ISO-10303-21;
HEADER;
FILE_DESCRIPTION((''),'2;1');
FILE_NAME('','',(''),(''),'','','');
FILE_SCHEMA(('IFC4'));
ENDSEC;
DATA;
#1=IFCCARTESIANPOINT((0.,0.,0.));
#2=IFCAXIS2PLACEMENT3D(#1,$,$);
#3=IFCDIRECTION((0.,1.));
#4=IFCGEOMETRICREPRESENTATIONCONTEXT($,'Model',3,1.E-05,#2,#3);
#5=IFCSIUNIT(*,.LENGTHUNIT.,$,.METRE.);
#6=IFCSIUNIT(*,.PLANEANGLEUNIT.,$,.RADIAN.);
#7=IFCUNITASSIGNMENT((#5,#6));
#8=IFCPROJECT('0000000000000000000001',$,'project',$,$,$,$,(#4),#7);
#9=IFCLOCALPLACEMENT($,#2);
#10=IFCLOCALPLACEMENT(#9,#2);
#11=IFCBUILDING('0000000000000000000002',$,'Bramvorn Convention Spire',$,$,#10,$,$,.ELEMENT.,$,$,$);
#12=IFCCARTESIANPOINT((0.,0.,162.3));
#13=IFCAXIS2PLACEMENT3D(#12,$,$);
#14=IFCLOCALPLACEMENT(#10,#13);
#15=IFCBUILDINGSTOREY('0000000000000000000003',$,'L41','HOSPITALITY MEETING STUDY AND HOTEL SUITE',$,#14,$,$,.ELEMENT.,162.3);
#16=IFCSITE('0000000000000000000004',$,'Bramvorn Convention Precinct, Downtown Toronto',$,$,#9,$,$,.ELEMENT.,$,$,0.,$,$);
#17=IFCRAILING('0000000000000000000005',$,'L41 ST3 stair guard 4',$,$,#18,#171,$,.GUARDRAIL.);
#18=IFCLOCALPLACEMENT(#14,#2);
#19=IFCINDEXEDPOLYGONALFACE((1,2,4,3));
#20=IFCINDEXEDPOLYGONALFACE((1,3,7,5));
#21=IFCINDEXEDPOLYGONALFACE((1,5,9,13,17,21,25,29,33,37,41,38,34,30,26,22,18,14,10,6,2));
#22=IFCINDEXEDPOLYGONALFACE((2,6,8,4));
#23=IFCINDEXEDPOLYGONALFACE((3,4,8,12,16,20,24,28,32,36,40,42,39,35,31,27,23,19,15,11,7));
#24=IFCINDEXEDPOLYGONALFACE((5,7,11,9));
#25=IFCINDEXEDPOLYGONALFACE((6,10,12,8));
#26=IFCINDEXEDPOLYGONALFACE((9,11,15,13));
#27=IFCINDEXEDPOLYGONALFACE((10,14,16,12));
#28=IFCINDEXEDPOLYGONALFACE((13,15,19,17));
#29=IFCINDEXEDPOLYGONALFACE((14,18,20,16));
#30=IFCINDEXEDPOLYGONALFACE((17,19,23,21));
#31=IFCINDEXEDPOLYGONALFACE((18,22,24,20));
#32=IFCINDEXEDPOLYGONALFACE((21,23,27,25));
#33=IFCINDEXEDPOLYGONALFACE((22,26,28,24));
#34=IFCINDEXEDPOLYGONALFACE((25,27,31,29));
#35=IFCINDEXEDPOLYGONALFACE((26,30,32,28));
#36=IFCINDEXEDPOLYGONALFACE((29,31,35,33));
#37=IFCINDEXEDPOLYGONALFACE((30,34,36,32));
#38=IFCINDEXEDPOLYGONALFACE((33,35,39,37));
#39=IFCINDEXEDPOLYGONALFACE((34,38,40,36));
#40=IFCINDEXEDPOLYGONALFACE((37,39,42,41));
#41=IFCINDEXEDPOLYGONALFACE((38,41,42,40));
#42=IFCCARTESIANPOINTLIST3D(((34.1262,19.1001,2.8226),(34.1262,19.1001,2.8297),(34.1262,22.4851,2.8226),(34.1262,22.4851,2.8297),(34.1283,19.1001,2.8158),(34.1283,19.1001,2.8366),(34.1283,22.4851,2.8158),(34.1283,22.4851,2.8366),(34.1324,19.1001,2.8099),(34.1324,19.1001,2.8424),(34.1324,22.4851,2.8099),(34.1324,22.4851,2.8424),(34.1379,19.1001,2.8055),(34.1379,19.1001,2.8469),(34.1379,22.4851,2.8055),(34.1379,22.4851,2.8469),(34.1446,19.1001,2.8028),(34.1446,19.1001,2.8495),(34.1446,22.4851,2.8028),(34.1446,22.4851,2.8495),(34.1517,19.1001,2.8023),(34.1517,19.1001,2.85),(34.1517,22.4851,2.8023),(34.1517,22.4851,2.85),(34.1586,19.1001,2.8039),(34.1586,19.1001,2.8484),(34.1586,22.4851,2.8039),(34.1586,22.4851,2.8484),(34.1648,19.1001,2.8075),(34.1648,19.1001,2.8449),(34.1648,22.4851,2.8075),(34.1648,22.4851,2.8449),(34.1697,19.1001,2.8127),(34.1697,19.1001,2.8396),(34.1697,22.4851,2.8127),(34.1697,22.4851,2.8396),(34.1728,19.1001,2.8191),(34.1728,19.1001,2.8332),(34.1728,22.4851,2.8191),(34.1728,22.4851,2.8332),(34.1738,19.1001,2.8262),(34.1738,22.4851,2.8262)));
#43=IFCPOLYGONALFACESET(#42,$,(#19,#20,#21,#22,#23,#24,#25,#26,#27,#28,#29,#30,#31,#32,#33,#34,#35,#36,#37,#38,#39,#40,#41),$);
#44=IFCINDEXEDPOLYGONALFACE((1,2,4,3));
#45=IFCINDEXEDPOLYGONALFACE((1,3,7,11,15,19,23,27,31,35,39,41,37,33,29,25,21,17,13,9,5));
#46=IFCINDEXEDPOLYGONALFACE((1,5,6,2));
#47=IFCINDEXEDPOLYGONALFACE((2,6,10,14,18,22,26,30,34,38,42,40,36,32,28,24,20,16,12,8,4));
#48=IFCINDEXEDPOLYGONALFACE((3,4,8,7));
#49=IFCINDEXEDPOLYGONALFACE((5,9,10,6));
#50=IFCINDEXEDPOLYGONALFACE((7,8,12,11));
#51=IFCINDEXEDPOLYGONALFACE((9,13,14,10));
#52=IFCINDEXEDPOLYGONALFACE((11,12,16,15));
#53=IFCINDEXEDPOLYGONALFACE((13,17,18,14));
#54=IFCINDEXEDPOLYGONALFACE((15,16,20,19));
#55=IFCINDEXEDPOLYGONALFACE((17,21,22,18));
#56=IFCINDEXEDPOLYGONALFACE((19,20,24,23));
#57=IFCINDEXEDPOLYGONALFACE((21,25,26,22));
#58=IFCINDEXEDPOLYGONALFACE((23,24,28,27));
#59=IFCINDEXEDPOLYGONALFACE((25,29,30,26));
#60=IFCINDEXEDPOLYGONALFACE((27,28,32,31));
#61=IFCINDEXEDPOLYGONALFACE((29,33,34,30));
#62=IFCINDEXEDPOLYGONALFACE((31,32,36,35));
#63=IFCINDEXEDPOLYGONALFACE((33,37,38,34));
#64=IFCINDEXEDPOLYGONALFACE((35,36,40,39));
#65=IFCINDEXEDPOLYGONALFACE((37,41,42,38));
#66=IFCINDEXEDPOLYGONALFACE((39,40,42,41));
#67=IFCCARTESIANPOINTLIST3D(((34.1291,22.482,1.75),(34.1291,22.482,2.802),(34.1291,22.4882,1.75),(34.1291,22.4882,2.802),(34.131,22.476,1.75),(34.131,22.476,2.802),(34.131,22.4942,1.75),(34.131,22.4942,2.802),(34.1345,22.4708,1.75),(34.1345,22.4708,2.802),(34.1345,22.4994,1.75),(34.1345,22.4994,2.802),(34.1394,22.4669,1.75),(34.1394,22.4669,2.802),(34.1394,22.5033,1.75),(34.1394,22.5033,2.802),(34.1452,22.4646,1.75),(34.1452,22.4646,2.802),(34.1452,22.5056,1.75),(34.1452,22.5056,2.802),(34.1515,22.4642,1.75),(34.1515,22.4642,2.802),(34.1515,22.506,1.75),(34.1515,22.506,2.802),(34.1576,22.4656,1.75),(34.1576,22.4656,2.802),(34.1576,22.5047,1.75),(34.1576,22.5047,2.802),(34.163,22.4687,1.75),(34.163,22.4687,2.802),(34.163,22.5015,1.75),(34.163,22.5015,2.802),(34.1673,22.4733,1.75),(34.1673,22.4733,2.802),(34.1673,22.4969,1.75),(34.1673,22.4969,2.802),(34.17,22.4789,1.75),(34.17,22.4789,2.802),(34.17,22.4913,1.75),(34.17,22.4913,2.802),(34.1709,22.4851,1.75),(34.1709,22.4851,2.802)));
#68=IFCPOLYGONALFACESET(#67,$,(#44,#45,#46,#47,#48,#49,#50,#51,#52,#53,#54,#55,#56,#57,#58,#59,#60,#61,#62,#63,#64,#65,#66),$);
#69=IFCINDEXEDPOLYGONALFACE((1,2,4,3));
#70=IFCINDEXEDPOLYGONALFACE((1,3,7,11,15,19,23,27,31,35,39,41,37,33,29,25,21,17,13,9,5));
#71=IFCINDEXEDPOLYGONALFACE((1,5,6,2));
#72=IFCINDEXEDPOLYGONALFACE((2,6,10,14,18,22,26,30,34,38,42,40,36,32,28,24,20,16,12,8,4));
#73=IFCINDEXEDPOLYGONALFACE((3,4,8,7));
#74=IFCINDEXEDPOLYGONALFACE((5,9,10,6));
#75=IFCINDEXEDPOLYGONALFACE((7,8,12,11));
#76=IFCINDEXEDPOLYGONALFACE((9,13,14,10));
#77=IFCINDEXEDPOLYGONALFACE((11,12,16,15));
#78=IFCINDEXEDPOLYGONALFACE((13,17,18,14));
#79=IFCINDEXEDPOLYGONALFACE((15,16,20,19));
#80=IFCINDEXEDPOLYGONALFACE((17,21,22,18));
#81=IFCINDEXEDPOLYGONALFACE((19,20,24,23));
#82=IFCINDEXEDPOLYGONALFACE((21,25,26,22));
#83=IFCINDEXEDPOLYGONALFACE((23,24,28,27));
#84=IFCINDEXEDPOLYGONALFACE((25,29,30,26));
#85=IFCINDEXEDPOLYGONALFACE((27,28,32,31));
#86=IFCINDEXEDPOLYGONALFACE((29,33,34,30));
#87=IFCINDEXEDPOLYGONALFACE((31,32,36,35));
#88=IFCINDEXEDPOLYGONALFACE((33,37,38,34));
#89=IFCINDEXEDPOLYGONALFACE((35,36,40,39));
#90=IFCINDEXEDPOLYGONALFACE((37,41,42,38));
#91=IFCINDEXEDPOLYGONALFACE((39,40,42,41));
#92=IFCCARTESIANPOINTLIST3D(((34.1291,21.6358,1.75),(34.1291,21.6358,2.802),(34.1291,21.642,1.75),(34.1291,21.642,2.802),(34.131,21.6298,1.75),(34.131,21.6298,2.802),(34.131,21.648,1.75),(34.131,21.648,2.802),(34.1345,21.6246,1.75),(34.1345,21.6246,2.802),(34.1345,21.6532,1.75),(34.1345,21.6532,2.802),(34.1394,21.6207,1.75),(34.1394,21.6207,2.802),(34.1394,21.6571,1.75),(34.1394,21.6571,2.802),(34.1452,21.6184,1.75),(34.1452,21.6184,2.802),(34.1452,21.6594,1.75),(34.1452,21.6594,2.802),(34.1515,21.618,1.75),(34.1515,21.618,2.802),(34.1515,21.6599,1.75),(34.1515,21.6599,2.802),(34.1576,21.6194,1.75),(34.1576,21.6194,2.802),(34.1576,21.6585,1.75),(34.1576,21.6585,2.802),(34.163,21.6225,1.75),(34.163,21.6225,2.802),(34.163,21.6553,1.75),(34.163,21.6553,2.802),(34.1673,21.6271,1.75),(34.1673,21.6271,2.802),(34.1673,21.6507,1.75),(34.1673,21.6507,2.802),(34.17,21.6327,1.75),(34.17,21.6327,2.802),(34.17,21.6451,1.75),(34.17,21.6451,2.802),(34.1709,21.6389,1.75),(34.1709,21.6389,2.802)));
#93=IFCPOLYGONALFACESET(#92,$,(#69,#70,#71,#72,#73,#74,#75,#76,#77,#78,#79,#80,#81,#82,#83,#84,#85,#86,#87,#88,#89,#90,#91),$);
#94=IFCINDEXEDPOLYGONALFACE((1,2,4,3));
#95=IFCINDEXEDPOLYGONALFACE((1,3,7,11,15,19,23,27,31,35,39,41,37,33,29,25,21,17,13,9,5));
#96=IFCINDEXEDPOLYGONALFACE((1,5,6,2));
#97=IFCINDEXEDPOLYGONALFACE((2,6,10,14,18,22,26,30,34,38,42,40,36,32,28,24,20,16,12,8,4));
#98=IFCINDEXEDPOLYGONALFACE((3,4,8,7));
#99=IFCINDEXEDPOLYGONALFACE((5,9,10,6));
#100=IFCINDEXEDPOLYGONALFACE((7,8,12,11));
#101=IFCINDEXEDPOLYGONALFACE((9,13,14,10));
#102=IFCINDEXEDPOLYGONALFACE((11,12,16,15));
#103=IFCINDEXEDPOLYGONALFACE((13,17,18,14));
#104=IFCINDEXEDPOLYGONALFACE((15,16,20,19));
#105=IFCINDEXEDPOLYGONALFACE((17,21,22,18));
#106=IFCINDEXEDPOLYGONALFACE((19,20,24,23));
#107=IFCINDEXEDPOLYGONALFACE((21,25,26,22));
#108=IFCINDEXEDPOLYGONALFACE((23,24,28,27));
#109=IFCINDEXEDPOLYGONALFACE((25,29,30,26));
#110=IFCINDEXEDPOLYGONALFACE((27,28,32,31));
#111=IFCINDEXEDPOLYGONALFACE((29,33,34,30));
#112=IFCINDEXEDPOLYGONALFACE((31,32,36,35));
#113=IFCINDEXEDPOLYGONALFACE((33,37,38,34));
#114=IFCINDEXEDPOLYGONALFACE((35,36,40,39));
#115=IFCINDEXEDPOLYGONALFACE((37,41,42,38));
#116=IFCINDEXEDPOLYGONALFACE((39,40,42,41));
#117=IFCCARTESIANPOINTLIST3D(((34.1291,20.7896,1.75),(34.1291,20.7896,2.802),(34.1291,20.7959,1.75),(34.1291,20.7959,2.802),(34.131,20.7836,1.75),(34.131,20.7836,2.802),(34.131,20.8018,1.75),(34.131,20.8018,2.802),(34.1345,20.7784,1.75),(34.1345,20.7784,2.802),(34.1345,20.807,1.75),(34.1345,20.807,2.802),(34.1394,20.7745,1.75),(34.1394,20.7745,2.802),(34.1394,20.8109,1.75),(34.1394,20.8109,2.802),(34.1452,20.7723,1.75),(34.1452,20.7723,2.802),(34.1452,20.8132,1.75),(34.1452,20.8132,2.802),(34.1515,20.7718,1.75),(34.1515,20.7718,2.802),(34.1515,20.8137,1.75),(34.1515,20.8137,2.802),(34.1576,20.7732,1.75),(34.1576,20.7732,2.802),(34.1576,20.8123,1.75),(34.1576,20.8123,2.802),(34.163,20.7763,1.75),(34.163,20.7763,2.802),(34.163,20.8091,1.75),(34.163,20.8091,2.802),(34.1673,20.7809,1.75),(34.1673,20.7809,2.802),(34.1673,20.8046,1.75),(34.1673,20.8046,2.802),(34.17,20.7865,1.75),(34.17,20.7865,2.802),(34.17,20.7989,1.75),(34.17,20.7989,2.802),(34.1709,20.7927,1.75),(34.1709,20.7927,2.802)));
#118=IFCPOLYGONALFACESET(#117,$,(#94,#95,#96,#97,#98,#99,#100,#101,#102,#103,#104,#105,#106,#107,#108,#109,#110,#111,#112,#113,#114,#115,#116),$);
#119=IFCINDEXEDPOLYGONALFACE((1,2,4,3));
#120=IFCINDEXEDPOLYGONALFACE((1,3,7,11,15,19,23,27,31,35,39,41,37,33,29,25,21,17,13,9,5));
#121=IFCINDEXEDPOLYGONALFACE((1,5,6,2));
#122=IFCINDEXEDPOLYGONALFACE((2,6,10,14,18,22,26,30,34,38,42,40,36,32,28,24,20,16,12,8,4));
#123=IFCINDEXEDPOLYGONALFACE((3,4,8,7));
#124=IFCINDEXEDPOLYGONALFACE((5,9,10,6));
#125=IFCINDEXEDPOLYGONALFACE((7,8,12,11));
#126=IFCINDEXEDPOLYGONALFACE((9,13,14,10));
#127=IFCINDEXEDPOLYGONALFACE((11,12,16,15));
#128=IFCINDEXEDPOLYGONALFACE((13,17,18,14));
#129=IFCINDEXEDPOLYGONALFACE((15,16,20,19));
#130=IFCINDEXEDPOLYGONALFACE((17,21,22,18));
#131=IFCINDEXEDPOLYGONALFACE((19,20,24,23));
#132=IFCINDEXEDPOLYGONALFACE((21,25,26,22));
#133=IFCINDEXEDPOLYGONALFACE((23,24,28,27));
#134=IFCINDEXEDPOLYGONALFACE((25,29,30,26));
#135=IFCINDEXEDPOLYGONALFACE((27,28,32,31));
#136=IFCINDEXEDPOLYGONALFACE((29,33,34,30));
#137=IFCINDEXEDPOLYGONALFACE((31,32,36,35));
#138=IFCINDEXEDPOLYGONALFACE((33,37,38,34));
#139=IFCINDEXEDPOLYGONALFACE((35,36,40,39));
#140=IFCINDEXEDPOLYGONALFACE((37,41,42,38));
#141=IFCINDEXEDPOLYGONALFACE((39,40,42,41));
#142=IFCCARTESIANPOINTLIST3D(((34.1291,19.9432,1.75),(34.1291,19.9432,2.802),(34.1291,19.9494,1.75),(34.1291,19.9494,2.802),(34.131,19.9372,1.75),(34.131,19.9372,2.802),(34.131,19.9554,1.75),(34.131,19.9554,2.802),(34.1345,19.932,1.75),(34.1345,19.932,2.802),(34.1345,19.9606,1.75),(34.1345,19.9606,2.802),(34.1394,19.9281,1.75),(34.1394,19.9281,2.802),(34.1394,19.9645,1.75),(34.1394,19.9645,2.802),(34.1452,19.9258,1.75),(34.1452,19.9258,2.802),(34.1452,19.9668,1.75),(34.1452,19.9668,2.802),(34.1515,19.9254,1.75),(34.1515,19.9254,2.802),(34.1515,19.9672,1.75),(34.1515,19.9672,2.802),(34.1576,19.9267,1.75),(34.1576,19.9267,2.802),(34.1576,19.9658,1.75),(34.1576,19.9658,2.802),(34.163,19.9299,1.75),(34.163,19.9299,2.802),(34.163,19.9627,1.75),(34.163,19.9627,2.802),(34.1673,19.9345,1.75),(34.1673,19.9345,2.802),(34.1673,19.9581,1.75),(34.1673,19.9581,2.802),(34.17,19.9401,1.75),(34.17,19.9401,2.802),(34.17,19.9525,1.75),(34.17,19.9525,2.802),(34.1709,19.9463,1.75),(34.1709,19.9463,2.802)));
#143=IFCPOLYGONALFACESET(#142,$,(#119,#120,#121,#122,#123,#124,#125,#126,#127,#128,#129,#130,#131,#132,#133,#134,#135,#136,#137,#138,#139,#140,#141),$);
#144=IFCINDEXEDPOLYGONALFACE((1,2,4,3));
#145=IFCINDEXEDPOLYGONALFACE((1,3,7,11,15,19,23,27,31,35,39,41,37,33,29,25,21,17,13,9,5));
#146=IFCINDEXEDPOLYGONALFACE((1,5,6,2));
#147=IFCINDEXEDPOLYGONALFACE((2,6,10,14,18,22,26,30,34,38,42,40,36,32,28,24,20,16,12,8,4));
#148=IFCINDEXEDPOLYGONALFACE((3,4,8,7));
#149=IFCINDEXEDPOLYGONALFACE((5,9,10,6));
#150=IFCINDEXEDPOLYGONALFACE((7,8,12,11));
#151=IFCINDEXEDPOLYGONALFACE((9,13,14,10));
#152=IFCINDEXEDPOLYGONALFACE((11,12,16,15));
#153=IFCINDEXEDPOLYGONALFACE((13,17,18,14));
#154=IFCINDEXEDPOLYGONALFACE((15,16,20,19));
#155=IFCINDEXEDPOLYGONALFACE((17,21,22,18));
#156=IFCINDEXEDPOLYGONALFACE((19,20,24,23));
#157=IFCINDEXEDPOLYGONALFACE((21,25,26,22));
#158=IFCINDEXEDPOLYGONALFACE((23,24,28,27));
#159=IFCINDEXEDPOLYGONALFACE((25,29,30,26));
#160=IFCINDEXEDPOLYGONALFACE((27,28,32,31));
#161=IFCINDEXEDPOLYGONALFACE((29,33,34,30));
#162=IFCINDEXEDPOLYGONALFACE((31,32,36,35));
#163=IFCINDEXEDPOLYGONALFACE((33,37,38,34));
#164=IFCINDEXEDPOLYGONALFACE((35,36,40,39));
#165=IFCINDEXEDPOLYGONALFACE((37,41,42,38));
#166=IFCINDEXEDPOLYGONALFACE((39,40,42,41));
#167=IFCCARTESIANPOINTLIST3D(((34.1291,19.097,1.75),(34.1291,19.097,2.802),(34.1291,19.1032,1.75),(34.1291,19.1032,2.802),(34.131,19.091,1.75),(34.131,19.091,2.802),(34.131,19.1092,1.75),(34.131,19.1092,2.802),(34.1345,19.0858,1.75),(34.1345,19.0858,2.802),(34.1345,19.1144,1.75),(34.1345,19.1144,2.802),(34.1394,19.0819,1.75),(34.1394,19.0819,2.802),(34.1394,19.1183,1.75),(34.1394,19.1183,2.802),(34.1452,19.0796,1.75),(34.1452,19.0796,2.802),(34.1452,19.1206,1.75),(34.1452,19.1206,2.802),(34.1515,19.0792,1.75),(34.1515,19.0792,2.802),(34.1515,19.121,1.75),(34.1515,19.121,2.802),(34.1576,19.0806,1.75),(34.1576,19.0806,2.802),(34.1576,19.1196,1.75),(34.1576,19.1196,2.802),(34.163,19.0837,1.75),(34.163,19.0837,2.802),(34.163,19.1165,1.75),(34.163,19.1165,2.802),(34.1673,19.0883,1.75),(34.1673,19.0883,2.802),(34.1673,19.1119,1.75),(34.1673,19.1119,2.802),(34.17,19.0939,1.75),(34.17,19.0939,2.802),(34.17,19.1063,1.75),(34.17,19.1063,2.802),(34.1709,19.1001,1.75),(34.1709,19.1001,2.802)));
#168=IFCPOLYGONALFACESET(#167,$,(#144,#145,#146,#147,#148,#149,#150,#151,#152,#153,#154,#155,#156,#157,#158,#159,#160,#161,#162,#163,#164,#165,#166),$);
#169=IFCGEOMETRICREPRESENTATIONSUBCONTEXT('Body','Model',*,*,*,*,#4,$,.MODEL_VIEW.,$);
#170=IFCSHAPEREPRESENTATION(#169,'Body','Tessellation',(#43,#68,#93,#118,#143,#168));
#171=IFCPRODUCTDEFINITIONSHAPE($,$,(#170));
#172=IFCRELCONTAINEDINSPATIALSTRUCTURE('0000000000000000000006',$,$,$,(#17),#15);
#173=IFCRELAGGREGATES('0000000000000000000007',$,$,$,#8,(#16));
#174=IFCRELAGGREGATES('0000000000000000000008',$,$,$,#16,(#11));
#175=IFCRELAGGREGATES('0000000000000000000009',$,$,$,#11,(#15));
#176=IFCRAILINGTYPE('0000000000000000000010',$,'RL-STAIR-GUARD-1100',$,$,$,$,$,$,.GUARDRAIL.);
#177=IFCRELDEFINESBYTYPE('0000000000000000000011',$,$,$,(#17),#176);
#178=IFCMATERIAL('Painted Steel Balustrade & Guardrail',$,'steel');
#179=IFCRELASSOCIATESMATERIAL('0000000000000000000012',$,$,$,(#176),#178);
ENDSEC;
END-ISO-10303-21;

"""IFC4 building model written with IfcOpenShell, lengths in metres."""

from ifc_helpers import new_model, si_unit, direction, frame, origin, origin_2d, place, context, subcontext, project, spatial, circle, extrude, material, type_object, element, save


model = new_model("IFC4")

# Units and contexts
model_context = context("Model", 3, precision=1e-05, world=origin(), true_north=direction((0.0, 1.0)))
body_context = subcontext(model_context, "Body", "Model", "MODEL_VIEW")
ifc_project = project(units=[si_unit("LENGTHUNIT", "METRE"), si_unit("PLANEANGLEUNIT", "RADIAN")], contexts=[model_context])

# Site, building, storey
site_placement = place(None, origin())
site = spatial("IfcSite", under=ifc_project, at=site_placement, Name="Bramvorn Convention Precinct, Downtown Toronto", CompositionType="ELEMENT", RefElevation=0.0)
building_placement = place(site_placement, origin())
building = spatial("IfcBuilding", under=site, at=building_placement, Name="Bramvorn Convention Spire", CompositionType="ELEMENT")
storey_placement = place(building_placement, frame((0.0, 0.0, 162.3)))
storey = spatial("IfcBuildingStorey", under=building, at=storey_placement, Name="L41", Description="HOSPITALITY MEETING STUDY AND HOTEL SUITE", CompositionType="ELEMENT", Elevation=162.3)

# Railing
ifc_material_1 = material(Name="Painted Steel Balustrade & Guardrail", Category="steel")
railing_type_1 = type_object("IfcRailingType", Name="RL-STAIR-GUARD-1100", PredefinedType="GUARDRAIL", material=ifc_material_1)
for number, where, name in (
    (1, (34.1499, 22.4851, 1.75), "L41 ST3 stair guard 4"),
):
    element("IfcRailing", number, at=place(storey_placement, frame(where)), inside=storey, type_object=railing_type_1, Name=name, PredefinedType="GUARDRAIL", context=body_context, shape_type="SweptSolid", body=[
        extrude(circle(Radius=0.0239, at=origin_2d()), frame((0.0, 0.0, 1.0762), z_axis=(0.0, -1.0, 0.0), x_axis=(1.0, 0.0, 0.0)), (0.0, 0.0, 1.0), 3.385),
        extrude(circle(Radius=0.021, at=origin_2d()), origin(), (0.0, 0.0, 1.0), 1.052),
        extrude(circle(Radius=0.021, at=origin_2d()), frame((0.0, -0.8462, 0.0)), (0.0, 0.0, 1.0), 1.052),
        extrude(circle(Radius=0.021, at=origin_2d()), frame((0.0, -1.6924, 0.0)), (0.0, 0.0, 1.0), 1.052),
        extrude(circle(Radius=0.021, at=origin_2d()), frame((0.0, -2.5388, 0.0)), (0.0, 0.0, 1.0), 1.052),
        extrude(circle(Radius=0.021, at=origin_2d()), frame((0.0, -3.385, 0.0)), (0.0, 0.0, 1.0), 1.052),
    ])

save(model, "model.ifc")
